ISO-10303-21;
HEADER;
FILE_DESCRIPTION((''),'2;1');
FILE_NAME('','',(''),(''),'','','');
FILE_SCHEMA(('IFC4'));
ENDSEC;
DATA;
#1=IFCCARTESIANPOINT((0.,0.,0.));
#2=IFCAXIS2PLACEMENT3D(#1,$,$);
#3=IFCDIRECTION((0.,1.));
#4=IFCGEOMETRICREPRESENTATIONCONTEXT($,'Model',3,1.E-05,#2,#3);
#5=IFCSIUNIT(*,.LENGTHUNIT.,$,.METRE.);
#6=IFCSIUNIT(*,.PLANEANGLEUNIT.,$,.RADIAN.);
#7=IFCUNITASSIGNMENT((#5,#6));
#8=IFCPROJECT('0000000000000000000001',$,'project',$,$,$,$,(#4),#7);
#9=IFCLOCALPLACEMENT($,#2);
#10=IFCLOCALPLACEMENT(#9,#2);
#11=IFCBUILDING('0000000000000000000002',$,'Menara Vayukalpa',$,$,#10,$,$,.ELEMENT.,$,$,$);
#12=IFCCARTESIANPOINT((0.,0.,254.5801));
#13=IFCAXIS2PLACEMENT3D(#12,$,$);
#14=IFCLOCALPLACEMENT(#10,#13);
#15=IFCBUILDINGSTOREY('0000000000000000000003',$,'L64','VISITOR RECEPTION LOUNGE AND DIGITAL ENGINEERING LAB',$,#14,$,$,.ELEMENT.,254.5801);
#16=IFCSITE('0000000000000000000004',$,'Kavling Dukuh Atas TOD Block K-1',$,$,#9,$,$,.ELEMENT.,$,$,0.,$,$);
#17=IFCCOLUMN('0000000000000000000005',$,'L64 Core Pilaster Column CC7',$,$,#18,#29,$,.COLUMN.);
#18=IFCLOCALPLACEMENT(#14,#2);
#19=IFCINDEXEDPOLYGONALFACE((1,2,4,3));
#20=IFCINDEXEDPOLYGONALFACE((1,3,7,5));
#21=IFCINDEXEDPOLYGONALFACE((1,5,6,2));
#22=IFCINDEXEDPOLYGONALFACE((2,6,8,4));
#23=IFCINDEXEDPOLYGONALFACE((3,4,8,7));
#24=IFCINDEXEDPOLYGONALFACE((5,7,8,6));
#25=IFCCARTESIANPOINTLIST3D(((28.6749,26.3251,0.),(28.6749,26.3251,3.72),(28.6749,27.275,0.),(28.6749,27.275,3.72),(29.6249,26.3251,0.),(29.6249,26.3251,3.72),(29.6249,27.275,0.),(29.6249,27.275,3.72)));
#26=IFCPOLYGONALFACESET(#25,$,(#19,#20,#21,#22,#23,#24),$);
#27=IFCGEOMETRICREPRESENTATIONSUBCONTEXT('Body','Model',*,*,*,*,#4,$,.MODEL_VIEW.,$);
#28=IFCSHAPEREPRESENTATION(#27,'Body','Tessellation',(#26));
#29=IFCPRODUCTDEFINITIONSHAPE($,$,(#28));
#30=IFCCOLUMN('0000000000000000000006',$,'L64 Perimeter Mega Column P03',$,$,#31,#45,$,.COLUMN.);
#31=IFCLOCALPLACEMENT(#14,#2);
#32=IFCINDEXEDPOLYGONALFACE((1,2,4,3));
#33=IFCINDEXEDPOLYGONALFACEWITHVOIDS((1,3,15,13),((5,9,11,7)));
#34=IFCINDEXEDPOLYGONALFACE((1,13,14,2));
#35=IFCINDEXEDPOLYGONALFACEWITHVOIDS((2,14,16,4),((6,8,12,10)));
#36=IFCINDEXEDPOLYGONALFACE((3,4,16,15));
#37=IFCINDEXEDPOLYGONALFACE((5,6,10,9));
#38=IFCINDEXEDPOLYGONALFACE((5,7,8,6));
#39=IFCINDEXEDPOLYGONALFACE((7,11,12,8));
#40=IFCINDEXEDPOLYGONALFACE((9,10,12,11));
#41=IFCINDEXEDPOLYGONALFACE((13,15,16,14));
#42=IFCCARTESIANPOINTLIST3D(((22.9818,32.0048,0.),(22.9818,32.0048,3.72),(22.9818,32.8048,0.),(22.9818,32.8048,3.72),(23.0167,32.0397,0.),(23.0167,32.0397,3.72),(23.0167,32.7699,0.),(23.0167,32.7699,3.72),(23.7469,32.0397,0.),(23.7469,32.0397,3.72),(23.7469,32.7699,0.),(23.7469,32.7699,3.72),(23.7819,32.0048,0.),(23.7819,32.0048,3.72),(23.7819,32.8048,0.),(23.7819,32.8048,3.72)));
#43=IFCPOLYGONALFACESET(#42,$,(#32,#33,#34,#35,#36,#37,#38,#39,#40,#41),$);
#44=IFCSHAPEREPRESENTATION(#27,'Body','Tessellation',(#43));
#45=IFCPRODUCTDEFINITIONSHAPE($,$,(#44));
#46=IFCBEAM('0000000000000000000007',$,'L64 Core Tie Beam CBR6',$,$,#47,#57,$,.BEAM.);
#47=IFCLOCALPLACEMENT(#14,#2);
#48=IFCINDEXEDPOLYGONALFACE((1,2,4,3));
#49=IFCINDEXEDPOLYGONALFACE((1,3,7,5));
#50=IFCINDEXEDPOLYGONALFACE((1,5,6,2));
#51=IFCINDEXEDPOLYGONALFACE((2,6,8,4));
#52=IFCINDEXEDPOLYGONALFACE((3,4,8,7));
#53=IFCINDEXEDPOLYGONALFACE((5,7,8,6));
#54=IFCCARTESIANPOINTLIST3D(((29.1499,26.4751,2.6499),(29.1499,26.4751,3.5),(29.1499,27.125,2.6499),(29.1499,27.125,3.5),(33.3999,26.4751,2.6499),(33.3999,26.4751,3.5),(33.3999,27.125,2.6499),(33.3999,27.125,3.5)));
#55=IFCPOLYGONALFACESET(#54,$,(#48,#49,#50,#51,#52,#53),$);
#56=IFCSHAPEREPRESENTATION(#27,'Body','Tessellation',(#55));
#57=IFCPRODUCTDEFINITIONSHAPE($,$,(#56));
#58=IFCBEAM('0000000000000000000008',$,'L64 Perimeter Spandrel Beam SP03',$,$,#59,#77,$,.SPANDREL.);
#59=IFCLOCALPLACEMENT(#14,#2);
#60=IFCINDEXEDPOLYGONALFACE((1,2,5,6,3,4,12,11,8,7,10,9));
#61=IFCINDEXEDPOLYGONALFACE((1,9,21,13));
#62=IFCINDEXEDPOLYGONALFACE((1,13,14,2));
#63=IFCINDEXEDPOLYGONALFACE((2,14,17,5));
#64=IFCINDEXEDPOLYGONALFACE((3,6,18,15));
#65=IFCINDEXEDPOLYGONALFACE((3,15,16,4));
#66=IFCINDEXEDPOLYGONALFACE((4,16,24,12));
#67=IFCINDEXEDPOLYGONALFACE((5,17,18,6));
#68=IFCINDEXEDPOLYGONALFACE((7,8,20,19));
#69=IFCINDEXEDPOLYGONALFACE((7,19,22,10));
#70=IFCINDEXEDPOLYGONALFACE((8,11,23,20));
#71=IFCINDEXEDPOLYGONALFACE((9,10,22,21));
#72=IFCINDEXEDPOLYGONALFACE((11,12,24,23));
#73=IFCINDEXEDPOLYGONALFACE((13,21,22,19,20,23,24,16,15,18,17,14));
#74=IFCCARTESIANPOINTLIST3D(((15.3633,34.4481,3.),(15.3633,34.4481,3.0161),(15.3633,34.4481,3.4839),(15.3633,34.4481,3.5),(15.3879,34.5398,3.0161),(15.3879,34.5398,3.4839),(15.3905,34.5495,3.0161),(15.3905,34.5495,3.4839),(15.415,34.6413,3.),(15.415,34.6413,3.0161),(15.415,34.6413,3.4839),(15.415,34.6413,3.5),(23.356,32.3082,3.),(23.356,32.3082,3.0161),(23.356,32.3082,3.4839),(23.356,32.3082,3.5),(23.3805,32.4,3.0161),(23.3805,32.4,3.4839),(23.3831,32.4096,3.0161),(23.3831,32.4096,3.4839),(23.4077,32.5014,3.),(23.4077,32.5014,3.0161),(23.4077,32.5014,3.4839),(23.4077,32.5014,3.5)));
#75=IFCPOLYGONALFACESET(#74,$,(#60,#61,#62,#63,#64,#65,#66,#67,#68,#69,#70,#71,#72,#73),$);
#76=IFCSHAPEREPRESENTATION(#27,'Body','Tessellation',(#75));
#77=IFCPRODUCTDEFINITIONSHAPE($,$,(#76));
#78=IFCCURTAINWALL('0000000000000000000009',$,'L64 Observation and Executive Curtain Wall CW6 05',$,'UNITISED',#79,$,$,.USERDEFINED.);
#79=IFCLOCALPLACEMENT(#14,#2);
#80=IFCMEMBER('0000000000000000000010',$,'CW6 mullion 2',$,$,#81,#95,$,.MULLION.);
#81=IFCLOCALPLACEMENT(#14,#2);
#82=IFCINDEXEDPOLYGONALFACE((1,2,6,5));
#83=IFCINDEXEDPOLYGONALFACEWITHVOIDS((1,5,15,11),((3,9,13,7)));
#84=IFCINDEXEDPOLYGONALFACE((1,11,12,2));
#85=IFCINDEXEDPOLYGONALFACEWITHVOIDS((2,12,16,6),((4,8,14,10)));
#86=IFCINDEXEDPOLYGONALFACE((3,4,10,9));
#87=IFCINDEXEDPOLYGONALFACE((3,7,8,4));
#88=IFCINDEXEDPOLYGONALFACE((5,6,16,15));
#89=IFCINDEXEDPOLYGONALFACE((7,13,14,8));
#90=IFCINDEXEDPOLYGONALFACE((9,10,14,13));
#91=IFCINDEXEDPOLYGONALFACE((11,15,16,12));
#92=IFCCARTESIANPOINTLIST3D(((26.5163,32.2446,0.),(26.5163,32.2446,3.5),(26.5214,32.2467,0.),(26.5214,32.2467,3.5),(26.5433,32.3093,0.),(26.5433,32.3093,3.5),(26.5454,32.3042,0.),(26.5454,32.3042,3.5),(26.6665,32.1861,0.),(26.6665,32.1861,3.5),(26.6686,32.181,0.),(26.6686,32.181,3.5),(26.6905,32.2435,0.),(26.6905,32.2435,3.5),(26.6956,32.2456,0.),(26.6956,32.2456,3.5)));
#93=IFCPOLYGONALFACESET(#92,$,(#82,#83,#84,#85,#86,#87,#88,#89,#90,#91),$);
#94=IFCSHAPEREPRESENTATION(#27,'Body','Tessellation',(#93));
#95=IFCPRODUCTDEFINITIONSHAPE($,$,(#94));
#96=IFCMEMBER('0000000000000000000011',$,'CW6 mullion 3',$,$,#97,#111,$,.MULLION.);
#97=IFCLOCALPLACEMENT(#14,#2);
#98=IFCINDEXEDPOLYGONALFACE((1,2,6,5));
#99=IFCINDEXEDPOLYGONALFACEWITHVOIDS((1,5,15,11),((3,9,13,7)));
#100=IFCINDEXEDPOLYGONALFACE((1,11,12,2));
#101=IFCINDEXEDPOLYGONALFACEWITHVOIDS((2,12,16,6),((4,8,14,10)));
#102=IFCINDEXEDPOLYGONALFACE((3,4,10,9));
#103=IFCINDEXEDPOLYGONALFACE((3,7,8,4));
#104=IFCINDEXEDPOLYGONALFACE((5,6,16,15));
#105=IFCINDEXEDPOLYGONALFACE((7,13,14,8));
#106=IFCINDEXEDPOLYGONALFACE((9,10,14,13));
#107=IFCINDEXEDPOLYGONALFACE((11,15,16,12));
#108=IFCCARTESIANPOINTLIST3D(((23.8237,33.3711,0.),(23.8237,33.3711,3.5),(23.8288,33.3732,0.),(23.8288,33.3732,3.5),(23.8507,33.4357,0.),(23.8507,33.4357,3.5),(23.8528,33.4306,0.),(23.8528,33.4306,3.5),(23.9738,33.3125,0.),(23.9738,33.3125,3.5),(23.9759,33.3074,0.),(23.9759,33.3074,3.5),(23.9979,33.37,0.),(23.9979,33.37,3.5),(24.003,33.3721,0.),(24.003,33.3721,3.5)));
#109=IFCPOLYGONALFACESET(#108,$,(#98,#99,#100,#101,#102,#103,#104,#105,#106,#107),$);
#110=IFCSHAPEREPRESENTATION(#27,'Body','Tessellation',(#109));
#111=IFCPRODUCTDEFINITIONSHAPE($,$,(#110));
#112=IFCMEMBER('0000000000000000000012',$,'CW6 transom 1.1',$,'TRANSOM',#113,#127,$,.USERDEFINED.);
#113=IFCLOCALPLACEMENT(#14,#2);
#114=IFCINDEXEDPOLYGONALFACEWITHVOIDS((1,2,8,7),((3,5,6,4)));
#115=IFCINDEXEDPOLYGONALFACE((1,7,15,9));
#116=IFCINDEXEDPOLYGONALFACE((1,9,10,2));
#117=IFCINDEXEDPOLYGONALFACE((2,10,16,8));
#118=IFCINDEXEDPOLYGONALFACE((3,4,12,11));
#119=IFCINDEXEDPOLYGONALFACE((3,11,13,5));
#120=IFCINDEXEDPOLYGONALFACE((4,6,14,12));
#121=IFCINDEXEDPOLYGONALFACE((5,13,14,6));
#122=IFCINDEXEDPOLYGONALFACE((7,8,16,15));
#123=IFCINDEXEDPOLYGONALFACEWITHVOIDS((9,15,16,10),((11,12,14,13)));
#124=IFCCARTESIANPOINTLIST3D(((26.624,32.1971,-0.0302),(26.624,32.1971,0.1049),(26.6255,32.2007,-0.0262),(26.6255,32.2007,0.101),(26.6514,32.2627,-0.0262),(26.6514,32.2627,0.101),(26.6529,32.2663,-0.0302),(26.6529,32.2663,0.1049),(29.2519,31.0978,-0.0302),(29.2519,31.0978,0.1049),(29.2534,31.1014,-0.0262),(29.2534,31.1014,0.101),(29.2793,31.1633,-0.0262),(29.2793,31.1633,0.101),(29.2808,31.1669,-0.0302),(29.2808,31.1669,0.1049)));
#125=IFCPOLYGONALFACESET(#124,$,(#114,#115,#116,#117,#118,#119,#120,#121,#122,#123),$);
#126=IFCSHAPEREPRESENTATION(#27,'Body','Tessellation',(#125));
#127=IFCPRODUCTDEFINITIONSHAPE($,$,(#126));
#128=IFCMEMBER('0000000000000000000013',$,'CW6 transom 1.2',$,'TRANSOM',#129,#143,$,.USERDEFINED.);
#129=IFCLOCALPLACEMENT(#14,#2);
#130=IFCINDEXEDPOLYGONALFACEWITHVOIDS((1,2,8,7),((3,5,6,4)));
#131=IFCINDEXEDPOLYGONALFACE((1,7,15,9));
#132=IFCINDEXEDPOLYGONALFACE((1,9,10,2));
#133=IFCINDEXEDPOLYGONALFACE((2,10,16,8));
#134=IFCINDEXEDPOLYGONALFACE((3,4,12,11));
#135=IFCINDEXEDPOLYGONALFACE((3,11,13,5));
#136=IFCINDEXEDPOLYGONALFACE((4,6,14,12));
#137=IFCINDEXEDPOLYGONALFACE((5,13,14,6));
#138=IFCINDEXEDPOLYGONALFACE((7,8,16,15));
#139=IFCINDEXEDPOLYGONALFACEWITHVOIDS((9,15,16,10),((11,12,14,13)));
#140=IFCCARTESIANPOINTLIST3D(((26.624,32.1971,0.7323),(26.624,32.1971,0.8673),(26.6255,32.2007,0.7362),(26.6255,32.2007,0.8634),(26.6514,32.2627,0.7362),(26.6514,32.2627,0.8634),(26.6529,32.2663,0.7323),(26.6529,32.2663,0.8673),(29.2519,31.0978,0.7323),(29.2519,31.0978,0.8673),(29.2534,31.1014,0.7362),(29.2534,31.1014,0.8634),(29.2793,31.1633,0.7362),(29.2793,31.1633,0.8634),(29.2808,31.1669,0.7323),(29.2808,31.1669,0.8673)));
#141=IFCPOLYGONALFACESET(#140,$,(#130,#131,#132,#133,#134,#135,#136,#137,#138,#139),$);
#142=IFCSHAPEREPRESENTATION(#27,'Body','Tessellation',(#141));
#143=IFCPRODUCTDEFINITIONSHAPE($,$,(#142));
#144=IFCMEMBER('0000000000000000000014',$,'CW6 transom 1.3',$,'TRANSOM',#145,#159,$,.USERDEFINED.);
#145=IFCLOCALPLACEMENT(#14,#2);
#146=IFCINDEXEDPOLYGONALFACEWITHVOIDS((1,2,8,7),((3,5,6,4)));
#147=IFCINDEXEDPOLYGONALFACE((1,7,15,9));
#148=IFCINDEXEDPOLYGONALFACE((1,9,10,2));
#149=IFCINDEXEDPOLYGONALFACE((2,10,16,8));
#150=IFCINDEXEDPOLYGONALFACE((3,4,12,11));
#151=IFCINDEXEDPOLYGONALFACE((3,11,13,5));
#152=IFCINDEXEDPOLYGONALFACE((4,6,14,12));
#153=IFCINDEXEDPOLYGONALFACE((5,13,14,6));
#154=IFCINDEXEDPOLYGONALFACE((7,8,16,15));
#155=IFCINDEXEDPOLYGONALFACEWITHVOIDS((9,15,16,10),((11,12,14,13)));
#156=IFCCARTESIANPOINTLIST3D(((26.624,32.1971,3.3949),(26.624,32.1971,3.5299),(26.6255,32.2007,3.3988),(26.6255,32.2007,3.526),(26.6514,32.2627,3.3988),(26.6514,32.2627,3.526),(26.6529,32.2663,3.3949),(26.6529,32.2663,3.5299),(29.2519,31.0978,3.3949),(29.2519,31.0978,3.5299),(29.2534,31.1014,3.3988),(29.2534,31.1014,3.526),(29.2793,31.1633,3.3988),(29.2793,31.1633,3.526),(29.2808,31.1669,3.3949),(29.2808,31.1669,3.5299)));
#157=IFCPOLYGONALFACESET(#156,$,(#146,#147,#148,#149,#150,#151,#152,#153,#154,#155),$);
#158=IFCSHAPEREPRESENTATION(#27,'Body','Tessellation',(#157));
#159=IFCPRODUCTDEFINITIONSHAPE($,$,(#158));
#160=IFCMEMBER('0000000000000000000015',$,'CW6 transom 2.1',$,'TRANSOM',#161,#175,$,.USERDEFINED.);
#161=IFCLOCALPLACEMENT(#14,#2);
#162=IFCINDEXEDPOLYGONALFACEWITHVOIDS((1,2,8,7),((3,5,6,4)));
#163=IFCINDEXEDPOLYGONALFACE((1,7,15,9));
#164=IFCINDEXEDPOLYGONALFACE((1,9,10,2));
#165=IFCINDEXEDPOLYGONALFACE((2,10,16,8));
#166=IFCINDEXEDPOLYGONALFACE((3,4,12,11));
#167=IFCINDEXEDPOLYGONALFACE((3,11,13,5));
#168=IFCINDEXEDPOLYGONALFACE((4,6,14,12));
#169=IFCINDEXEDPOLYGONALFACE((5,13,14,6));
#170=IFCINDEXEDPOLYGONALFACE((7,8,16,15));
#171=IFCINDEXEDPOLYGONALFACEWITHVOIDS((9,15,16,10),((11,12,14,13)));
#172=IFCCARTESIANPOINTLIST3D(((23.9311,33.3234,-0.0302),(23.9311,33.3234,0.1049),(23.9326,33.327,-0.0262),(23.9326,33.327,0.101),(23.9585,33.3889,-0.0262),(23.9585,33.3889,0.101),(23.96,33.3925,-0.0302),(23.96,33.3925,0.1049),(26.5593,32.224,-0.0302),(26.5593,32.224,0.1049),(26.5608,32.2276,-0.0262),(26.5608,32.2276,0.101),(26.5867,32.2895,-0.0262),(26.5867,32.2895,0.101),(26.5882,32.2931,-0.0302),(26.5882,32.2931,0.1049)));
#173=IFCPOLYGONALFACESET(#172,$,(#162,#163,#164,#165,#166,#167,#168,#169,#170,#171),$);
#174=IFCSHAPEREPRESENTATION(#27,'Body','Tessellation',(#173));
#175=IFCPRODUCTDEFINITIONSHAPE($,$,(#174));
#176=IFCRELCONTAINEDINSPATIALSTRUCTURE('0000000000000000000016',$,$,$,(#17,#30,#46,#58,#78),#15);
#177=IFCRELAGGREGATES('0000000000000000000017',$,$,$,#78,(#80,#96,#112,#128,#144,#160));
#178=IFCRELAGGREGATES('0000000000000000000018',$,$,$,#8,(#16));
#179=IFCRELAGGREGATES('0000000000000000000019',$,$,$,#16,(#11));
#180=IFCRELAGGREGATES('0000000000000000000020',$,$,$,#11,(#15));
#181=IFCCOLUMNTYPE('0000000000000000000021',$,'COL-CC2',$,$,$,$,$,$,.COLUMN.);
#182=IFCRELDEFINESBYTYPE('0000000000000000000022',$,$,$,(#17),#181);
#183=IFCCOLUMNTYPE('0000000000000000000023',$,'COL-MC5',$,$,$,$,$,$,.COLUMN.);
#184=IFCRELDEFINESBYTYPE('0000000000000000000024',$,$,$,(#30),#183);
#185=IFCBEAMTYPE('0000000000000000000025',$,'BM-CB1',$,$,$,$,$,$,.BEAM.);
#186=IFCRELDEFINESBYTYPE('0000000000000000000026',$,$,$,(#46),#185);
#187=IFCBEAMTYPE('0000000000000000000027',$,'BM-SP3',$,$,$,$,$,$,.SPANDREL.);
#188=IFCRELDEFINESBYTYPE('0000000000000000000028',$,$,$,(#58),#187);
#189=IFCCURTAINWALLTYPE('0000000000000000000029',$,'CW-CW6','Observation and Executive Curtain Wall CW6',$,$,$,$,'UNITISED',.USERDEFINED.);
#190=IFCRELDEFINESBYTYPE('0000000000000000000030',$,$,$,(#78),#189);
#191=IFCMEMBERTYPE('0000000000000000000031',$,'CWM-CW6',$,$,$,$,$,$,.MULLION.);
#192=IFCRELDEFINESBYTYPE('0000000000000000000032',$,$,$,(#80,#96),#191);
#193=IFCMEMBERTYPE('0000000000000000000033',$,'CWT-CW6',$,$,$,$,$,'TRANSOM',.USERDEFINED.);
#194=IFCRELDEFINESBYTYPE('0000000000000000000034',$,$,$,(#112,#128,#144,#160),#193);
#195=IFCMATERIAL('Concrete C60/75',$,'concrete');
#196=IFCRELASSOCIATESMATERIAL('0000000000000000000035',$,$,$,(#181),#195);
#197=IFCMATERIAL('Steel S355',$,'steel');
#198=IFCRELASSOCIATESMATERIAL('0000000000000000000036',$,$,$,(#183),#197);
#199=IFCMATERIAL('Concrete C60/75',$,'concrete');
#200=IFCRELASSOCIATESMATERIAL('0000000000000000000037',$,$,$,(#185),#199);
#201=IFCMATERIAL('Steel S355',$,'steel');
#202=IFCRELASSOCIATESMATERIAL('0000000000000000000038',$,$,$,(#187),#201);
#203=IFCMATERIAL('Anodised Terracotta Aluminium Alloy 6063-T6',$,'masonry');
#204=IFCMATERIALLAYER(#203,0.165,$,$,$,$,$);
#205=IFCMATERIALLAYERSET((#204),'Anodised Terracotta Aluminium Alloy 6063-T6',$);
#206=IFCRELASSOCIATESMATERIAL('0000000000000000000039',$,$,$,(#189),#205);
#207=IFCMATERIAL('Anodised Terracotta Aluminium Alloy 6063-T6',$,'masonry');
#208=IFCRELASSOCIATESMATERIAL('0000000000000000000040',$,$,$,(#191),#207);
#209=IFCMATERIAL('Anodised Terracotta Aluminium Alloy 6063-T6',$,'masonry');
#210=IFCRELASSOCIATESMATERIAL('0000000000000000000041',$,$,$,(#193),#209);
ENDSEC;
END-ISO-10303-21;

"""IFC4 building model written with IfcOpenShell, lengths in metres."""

from ifc_helpers import new_model, si_unit, direction, frame, origin, origin_2d, place, context, subcontext, project, spatial, rectangle, hollow_rectangle, i_section, extrude, material, layer, layer_set, material_profile, profile_set, type_object, element, aggregate, save


model = new_model("IFC4")

# Units and contexts
model_context = context("Model", 3, precision=1e-05, world=origin(), true_north=direction((0.0, 1.0)))
body_context = subcontext(model_context, "Body", "Model", "MODEL_VIEW")
ifc_project = project(units=[si_unit("LENGTHUNIT", "METRE"), si_unit("PLANEANGLEUNIT", "RADIAN")], contexts=[model_context])

# Site, building, storey
site_placement = place(None, origin())
site = spatial("IfcSite", under=ifc_project, at=site_placement, Name="Kavling Dukuh Atas TOD Block K-1", CompositionType="ELEMENT", RefElevation=0.0)
building_placement = place(site_placement, origin())
building = spatial("IfcBuilding", under=site, at=building_placement, Name="Menara Vayukalpa", CompositionType="ELEMENT")
storey_placement = place(building_placement, frame((0.0, 0.0, 254.5801)))
storey = spatial("IfcBuildingStorey", under=building, at=storey_placement, Name="L64", Description="VISITOR RECEPTION LOUNGE AND DIGITAL ENGINEERING LAB", CompositionType="ELEMENT", Elevation=254.5801)

# Columns
ifc_material_1 = material(Name="Concrete C60/75", Category="concrete")
ifc_material_profile_1 = material_profile(ifc_material_1, rectangle(XDim=0.95, YDim=0.95, at=origin_2d()), Name="RC 950x950")
ifc_profile_set_1 = profile_set([ifc_material_profile_1], Name="Concrete C60/75")
column_type_1 = type_object("IfcColumnType", Name="COL-CC2", PredefinedType="COLUMN", material=ifc_profile_set_1)
column_1_placement = place(storey_placement, frame((29.1499, 26.8, 0.0), z_axis=(0.0, 0.0, 1.0), x_axis=(1.0, 0.0, 0.0)))
element("IfcColumn", 1, at=column_1_placement, inside=storey, type_object=column_type_1, Name="L64 Core Pilaster Column CC7", PredefinedType="COLUMN", context=body_context, shape_type="SweptSolid", body=[
    extrude(rectangle(XDim=0.95, YDim=0.95, at=origin_2d()), origin(), (0.0, 0.0, 1.0), 3.72),
])
ifc_material_2 = material(Name="Steel S355", Category="steel")
ifc_material_profile_2 = material_profile(ifc_material_2, hollow_rectangle(XDim=0.8, YDim=0.8, WallThickness=0.0349, at=origin_2d()), Name="BOX 800x800x35")
ifc_profile_set_2 = profile_set([ifc_material_profile_2], Name="Steel S355")
column_type_2 = type_object("IfcColumnType", Name="COL-MC5", PredefinedType="COLUMN", material=ifc_profile_set_2)
column_2_placement = place(storey_placement, frame((23.3818, 32.4048, 0.0), z_axis=(0.0, 0.0, 1.0), x_axis=(1.0, 0.0, 0.0)))
element("IfcColumn", 2, at=column_2_placement, inside=storey, type_object=column_type_2, Name="L64 Perimeter Mega Column P03", PredefinedType="COLUMN", context=body_context, shape_type="SweptSolid", body=[
    extrude(hollow_rectangle(XDim=0.8, YDim=0.8, WallThickness=0.0349, at=origin_2d()), origin(), (0.0, 0.0, 1.0), 3.72),
])

# Beams
ifc_material_3 = material(Name="Concrete C60/75", Category="concrete")
ifc_material_profile_3 = material_profile(ifc_material_3, rectangle(XDim=0.6499, YDim=0.8501, at=origin_2d()), Name="RC 650x850")
ifc_profile_set_3 = profile_set([ifc_material_profile_3], Name="Concrete C60/75")
beam_type_1 = type_object("IfcBeamType", Name="BM-CB1", PredefinedType="BEAM", material=ifc_profile_set_3)
beam_1_placement = place(storey_placement, frame((29.1499, 26.8, 3.075), z_axis=(1.0, 0.0, 0.0), x_axis=(0.0, 1.0, 0.0)))
element("IfcBeam", 3, at=beam_1_placement, inside=storey, type_object=beam_type_1, Name="L64 Core Tie Beam CBR6", PredefinedType="BEAM", context=body_context, shape_type="SweptSolid", body=[
    extrude(rectangle(XDim=0.6499, YDim=0.8501, at=origin_2d()), origin(), (0.0, 0.0, 1.0), 4.25),
])
ifc_material_4 = material(Name="Steel S355", Category="steel")
ifc_material_profile_4 = material_profile(ifc_material_4, i_section(OverallWidth=0.2, OverallDepth=0.5, WebThickness=0.01, FlangeThickness=0.0161, at=origin_2d()), Name="WF 500x200x10x16")
ifc_profile_set_4 = profile_set([ifc_material_profile_4], Name="Steel S355")
beam_type_2 = type_object("IfcBeamType", Name="BM-SP3", PredefinedType="SPANDREL", material=ifc_profile_set_4)
beam_2_placement = place(storey_placement, frame((23.3818, 32.4048, 3.25), z_axis=(-0.965978, 0.258623, 0.0), x_axis=(-0.258623, -0.965978, 0.0)))
element("IfcBeam", 4, at=beam_2_placement, inside=storey, type_object=beam_type_2, Name="L64 Perimeter Spandrel Beam SP03", PredefinedType="SPANDREL", context=body_context, shape_type="SweptSolid", body=[
    extrude(i_section(OverallWidth=0.2, OverallDepth=0.5, WebThickness=0.01, FlangeThickness=0.0161, at=origin_2d()), origin(), (0.0, 0.0, 1.0), 8.2742),
])

# Curtain wall, members
ifc_material_5 = material(Name="Anodised Terracotta Aluminium Alloy 6063-T6", Category="masonry")
ifc_layer_1 = layer(ifc_material_5, 0.165)
ifc_layer_set_1 = layer_set([ifc_layer_1], Name="Anodised Terracotta Aluminium Alloy 6063-T6")
curtain_wall_type = type_object("IfcCurtainWallType", Name="CW-CW6", Description="Observation and Executive Curtain Wall CW6", ElementType="UNITISED", PredefinedType="USERDEFINED", material=ifc_layer_set_1)
curtain_wall_placement = place(storey_placement, origin())
curtain_wall = element("IfcCurtainWall", 5, at=curtain_wall_placement, inside=storey, type_object=curtain_wall_type, Name="L64 Observation and Executive Curtain Wall CW6 05", ObjectType="UNITISED", PredefinedType="USERDEFINED")
ifc_material_6 = material(Name="Anodised Terracotta Aluminium Alloy 6063-T6", Category="masonry")
ifc_material_profile_5 = material_profile(ifc_material_6, hollow_rectangle(XDim=0.0701, YDim=0.165, WallThickness=0.0039, at=origin_2d()), Name="ALU 70x165x4")
ifc_profile_set_5 = profile_set([ifc_material_profile_5], Name="Anodised Terracotta Aluminium Alloy 6063-T6")
member_type_1 = type_object("IfcMemberType", Name="CWM-CW6", PredefinedType="MULLION", material=ifc_profile_set_5)
member_1_placement = place(storey_placement, frame((26.606, 32.2451, 0.0), z_axis=(0.0, 0.0, 1.0), x_axis=(-0.3859, -0.922541, 0.0)))
member_1 = element("IfcMember", 6, at=member_1_placement, type_object=member_type_1, Name="CW6 mullion 2", PredefinedType="MULLION", context=body_context, shape_type="SweptSolid", body=[
    extrude(hollow_rectangle(XDim=0.0701, YDim=0.165, WallThickness=0.0039, at=origin_2d()), origin(), (0.0, 0.0, 1.0), 3.5),
])
member_2_placement = place(storey_placement, frame((23.9133, 33.3716, 0.0), z_axis=(0.0, 0.0, 1.0), x_axis=(-0.3859, -0.922541, 0.0)))
member_2 = element("IfcMember", 7, at=member_2_placement, type_object=member_type_1, Name="CW6 mullion 3", PredefinedType="MULLION", context=body_context, shape_type="SweptSolid", body=[
    extrude(hollow_rectangle(XDim=0.0701, YDim=0.165, WallThickness=0.0039, at=origin_2d()), origin(), (0.0, 0.0, 1.0), 3.5),
])
ifc_material_7 = material(Name="Anodised Terracotta Aluminium Alloy 6063-T6", Category="masonry")
ifc_material_profile_6 = material_profile(ifc_material_7, hollow_rectangle(XDim=0.075, YDim=0.135, WallThickness=0.0039, at=origin_2d()), Name="ALU 75x135x4")
ifc_profile_set_6 = profile_set([ifc_material_profile_6], Name="Anodised Terracotta Aluminium Alloy 6063-T6")
member_type_2 = type_object("IfcMemberType", Name="CWT-CW6", ElementType="TRANSOM", PredefinedType="USERDEFINED", material=ifc_profile_set_6)
member_3_placement = place(storey_placement, frame((29.2664, 31.1323, 0.0374), z_axis=(-0.922528, 0.385929, 0.0), x_axis=(-0.385929, -0.922528, 0.0)))
member_3 = element("IfcMember", 8, at=member_3_placement, type_object=member_type_2, Name="CW6 transom 1.1", ObjectType="TRANSOM", PredefinedType="USERDEFINED", context=body_context, shape_type="SweptSolid", body=[
    extrude(hollow_rectangle(XDim=0.075, YDim=0.135, WallThickness=0.0039, at=origin_2d()), origin(), (0.0, 0.0, 1.0), 2.8486),
])
member_4_placement = place(storey_placement, frame((29.2664, 31.1323, 0.7998), z_axis=(-0.922528, 0.385929, 0.0), x_axis=(-0.385929, -0.922528, 0.0)))
member_4 = element("IfcMember", 9, at=member_4_placement, type_object=member_type_2, Name="CW6 transom 1.2", ObjectType="TRANSOM", PredefinedType="USERDEFINED", context=body_context, shape_type="SweptSolid", body=[
    extrude(hollow_rectangle(XDim=0.075, YDim=0.135, WallThickness=0.0039, at=origin_2d()), origin(), (0.0, 0.0, 1.0), 2.8486),
])
member_5_placement = place(storey_placement, frame((29.2664, 31.1323, 3.4624), z_axis=(-0.922528, 0.385929, 0.0), x_axis=(-0.385929, -0.922528, 0.0)))
member_5 = element("IfcMember", 10, at=member_5_placement, type_object=member_type_2, Name="CW6 transom 1.3", ObjectType="TRANSOM", PredefinedType="USERDEFINED", context=body_context, shape_type="SweptSolid", body=[
    extrude(hollow_rectangle(XDim=0.075, YDim=0.135, WallThickness=0.0039, at=origin_2d()), origin(), (0.0, 0.0, 1.0), 2.8486),
])
member_6_placement = place(storey_placement, frame((26.5737, 32.2585, 0.0374), z_axis=(-0.922541, 0.385899, 0.0), x_axis=(-0.385899, -0.922541, 0.0)))
member_6 = element("IfcMember", 11, at=member_6_placement, type_object=member_type_2, Name="CW6 transom 2.1", ObjectType="TRANSOM", PredefinedType="USERDEFINED", context=body_context, shape_type="SweptSolid", body=[
    extrude(hollow_rectangle(XDim=0.075, YDim=0.135, WallThickness=0.0039, at=origin_2d()), origin(), (0.0, 0.0, 1.0), 2.8489),
])
aggregate(curtain_wall, [member_1, member_2, member_3, member_4, member_5, member_6])

save(model, "model.ifc")
